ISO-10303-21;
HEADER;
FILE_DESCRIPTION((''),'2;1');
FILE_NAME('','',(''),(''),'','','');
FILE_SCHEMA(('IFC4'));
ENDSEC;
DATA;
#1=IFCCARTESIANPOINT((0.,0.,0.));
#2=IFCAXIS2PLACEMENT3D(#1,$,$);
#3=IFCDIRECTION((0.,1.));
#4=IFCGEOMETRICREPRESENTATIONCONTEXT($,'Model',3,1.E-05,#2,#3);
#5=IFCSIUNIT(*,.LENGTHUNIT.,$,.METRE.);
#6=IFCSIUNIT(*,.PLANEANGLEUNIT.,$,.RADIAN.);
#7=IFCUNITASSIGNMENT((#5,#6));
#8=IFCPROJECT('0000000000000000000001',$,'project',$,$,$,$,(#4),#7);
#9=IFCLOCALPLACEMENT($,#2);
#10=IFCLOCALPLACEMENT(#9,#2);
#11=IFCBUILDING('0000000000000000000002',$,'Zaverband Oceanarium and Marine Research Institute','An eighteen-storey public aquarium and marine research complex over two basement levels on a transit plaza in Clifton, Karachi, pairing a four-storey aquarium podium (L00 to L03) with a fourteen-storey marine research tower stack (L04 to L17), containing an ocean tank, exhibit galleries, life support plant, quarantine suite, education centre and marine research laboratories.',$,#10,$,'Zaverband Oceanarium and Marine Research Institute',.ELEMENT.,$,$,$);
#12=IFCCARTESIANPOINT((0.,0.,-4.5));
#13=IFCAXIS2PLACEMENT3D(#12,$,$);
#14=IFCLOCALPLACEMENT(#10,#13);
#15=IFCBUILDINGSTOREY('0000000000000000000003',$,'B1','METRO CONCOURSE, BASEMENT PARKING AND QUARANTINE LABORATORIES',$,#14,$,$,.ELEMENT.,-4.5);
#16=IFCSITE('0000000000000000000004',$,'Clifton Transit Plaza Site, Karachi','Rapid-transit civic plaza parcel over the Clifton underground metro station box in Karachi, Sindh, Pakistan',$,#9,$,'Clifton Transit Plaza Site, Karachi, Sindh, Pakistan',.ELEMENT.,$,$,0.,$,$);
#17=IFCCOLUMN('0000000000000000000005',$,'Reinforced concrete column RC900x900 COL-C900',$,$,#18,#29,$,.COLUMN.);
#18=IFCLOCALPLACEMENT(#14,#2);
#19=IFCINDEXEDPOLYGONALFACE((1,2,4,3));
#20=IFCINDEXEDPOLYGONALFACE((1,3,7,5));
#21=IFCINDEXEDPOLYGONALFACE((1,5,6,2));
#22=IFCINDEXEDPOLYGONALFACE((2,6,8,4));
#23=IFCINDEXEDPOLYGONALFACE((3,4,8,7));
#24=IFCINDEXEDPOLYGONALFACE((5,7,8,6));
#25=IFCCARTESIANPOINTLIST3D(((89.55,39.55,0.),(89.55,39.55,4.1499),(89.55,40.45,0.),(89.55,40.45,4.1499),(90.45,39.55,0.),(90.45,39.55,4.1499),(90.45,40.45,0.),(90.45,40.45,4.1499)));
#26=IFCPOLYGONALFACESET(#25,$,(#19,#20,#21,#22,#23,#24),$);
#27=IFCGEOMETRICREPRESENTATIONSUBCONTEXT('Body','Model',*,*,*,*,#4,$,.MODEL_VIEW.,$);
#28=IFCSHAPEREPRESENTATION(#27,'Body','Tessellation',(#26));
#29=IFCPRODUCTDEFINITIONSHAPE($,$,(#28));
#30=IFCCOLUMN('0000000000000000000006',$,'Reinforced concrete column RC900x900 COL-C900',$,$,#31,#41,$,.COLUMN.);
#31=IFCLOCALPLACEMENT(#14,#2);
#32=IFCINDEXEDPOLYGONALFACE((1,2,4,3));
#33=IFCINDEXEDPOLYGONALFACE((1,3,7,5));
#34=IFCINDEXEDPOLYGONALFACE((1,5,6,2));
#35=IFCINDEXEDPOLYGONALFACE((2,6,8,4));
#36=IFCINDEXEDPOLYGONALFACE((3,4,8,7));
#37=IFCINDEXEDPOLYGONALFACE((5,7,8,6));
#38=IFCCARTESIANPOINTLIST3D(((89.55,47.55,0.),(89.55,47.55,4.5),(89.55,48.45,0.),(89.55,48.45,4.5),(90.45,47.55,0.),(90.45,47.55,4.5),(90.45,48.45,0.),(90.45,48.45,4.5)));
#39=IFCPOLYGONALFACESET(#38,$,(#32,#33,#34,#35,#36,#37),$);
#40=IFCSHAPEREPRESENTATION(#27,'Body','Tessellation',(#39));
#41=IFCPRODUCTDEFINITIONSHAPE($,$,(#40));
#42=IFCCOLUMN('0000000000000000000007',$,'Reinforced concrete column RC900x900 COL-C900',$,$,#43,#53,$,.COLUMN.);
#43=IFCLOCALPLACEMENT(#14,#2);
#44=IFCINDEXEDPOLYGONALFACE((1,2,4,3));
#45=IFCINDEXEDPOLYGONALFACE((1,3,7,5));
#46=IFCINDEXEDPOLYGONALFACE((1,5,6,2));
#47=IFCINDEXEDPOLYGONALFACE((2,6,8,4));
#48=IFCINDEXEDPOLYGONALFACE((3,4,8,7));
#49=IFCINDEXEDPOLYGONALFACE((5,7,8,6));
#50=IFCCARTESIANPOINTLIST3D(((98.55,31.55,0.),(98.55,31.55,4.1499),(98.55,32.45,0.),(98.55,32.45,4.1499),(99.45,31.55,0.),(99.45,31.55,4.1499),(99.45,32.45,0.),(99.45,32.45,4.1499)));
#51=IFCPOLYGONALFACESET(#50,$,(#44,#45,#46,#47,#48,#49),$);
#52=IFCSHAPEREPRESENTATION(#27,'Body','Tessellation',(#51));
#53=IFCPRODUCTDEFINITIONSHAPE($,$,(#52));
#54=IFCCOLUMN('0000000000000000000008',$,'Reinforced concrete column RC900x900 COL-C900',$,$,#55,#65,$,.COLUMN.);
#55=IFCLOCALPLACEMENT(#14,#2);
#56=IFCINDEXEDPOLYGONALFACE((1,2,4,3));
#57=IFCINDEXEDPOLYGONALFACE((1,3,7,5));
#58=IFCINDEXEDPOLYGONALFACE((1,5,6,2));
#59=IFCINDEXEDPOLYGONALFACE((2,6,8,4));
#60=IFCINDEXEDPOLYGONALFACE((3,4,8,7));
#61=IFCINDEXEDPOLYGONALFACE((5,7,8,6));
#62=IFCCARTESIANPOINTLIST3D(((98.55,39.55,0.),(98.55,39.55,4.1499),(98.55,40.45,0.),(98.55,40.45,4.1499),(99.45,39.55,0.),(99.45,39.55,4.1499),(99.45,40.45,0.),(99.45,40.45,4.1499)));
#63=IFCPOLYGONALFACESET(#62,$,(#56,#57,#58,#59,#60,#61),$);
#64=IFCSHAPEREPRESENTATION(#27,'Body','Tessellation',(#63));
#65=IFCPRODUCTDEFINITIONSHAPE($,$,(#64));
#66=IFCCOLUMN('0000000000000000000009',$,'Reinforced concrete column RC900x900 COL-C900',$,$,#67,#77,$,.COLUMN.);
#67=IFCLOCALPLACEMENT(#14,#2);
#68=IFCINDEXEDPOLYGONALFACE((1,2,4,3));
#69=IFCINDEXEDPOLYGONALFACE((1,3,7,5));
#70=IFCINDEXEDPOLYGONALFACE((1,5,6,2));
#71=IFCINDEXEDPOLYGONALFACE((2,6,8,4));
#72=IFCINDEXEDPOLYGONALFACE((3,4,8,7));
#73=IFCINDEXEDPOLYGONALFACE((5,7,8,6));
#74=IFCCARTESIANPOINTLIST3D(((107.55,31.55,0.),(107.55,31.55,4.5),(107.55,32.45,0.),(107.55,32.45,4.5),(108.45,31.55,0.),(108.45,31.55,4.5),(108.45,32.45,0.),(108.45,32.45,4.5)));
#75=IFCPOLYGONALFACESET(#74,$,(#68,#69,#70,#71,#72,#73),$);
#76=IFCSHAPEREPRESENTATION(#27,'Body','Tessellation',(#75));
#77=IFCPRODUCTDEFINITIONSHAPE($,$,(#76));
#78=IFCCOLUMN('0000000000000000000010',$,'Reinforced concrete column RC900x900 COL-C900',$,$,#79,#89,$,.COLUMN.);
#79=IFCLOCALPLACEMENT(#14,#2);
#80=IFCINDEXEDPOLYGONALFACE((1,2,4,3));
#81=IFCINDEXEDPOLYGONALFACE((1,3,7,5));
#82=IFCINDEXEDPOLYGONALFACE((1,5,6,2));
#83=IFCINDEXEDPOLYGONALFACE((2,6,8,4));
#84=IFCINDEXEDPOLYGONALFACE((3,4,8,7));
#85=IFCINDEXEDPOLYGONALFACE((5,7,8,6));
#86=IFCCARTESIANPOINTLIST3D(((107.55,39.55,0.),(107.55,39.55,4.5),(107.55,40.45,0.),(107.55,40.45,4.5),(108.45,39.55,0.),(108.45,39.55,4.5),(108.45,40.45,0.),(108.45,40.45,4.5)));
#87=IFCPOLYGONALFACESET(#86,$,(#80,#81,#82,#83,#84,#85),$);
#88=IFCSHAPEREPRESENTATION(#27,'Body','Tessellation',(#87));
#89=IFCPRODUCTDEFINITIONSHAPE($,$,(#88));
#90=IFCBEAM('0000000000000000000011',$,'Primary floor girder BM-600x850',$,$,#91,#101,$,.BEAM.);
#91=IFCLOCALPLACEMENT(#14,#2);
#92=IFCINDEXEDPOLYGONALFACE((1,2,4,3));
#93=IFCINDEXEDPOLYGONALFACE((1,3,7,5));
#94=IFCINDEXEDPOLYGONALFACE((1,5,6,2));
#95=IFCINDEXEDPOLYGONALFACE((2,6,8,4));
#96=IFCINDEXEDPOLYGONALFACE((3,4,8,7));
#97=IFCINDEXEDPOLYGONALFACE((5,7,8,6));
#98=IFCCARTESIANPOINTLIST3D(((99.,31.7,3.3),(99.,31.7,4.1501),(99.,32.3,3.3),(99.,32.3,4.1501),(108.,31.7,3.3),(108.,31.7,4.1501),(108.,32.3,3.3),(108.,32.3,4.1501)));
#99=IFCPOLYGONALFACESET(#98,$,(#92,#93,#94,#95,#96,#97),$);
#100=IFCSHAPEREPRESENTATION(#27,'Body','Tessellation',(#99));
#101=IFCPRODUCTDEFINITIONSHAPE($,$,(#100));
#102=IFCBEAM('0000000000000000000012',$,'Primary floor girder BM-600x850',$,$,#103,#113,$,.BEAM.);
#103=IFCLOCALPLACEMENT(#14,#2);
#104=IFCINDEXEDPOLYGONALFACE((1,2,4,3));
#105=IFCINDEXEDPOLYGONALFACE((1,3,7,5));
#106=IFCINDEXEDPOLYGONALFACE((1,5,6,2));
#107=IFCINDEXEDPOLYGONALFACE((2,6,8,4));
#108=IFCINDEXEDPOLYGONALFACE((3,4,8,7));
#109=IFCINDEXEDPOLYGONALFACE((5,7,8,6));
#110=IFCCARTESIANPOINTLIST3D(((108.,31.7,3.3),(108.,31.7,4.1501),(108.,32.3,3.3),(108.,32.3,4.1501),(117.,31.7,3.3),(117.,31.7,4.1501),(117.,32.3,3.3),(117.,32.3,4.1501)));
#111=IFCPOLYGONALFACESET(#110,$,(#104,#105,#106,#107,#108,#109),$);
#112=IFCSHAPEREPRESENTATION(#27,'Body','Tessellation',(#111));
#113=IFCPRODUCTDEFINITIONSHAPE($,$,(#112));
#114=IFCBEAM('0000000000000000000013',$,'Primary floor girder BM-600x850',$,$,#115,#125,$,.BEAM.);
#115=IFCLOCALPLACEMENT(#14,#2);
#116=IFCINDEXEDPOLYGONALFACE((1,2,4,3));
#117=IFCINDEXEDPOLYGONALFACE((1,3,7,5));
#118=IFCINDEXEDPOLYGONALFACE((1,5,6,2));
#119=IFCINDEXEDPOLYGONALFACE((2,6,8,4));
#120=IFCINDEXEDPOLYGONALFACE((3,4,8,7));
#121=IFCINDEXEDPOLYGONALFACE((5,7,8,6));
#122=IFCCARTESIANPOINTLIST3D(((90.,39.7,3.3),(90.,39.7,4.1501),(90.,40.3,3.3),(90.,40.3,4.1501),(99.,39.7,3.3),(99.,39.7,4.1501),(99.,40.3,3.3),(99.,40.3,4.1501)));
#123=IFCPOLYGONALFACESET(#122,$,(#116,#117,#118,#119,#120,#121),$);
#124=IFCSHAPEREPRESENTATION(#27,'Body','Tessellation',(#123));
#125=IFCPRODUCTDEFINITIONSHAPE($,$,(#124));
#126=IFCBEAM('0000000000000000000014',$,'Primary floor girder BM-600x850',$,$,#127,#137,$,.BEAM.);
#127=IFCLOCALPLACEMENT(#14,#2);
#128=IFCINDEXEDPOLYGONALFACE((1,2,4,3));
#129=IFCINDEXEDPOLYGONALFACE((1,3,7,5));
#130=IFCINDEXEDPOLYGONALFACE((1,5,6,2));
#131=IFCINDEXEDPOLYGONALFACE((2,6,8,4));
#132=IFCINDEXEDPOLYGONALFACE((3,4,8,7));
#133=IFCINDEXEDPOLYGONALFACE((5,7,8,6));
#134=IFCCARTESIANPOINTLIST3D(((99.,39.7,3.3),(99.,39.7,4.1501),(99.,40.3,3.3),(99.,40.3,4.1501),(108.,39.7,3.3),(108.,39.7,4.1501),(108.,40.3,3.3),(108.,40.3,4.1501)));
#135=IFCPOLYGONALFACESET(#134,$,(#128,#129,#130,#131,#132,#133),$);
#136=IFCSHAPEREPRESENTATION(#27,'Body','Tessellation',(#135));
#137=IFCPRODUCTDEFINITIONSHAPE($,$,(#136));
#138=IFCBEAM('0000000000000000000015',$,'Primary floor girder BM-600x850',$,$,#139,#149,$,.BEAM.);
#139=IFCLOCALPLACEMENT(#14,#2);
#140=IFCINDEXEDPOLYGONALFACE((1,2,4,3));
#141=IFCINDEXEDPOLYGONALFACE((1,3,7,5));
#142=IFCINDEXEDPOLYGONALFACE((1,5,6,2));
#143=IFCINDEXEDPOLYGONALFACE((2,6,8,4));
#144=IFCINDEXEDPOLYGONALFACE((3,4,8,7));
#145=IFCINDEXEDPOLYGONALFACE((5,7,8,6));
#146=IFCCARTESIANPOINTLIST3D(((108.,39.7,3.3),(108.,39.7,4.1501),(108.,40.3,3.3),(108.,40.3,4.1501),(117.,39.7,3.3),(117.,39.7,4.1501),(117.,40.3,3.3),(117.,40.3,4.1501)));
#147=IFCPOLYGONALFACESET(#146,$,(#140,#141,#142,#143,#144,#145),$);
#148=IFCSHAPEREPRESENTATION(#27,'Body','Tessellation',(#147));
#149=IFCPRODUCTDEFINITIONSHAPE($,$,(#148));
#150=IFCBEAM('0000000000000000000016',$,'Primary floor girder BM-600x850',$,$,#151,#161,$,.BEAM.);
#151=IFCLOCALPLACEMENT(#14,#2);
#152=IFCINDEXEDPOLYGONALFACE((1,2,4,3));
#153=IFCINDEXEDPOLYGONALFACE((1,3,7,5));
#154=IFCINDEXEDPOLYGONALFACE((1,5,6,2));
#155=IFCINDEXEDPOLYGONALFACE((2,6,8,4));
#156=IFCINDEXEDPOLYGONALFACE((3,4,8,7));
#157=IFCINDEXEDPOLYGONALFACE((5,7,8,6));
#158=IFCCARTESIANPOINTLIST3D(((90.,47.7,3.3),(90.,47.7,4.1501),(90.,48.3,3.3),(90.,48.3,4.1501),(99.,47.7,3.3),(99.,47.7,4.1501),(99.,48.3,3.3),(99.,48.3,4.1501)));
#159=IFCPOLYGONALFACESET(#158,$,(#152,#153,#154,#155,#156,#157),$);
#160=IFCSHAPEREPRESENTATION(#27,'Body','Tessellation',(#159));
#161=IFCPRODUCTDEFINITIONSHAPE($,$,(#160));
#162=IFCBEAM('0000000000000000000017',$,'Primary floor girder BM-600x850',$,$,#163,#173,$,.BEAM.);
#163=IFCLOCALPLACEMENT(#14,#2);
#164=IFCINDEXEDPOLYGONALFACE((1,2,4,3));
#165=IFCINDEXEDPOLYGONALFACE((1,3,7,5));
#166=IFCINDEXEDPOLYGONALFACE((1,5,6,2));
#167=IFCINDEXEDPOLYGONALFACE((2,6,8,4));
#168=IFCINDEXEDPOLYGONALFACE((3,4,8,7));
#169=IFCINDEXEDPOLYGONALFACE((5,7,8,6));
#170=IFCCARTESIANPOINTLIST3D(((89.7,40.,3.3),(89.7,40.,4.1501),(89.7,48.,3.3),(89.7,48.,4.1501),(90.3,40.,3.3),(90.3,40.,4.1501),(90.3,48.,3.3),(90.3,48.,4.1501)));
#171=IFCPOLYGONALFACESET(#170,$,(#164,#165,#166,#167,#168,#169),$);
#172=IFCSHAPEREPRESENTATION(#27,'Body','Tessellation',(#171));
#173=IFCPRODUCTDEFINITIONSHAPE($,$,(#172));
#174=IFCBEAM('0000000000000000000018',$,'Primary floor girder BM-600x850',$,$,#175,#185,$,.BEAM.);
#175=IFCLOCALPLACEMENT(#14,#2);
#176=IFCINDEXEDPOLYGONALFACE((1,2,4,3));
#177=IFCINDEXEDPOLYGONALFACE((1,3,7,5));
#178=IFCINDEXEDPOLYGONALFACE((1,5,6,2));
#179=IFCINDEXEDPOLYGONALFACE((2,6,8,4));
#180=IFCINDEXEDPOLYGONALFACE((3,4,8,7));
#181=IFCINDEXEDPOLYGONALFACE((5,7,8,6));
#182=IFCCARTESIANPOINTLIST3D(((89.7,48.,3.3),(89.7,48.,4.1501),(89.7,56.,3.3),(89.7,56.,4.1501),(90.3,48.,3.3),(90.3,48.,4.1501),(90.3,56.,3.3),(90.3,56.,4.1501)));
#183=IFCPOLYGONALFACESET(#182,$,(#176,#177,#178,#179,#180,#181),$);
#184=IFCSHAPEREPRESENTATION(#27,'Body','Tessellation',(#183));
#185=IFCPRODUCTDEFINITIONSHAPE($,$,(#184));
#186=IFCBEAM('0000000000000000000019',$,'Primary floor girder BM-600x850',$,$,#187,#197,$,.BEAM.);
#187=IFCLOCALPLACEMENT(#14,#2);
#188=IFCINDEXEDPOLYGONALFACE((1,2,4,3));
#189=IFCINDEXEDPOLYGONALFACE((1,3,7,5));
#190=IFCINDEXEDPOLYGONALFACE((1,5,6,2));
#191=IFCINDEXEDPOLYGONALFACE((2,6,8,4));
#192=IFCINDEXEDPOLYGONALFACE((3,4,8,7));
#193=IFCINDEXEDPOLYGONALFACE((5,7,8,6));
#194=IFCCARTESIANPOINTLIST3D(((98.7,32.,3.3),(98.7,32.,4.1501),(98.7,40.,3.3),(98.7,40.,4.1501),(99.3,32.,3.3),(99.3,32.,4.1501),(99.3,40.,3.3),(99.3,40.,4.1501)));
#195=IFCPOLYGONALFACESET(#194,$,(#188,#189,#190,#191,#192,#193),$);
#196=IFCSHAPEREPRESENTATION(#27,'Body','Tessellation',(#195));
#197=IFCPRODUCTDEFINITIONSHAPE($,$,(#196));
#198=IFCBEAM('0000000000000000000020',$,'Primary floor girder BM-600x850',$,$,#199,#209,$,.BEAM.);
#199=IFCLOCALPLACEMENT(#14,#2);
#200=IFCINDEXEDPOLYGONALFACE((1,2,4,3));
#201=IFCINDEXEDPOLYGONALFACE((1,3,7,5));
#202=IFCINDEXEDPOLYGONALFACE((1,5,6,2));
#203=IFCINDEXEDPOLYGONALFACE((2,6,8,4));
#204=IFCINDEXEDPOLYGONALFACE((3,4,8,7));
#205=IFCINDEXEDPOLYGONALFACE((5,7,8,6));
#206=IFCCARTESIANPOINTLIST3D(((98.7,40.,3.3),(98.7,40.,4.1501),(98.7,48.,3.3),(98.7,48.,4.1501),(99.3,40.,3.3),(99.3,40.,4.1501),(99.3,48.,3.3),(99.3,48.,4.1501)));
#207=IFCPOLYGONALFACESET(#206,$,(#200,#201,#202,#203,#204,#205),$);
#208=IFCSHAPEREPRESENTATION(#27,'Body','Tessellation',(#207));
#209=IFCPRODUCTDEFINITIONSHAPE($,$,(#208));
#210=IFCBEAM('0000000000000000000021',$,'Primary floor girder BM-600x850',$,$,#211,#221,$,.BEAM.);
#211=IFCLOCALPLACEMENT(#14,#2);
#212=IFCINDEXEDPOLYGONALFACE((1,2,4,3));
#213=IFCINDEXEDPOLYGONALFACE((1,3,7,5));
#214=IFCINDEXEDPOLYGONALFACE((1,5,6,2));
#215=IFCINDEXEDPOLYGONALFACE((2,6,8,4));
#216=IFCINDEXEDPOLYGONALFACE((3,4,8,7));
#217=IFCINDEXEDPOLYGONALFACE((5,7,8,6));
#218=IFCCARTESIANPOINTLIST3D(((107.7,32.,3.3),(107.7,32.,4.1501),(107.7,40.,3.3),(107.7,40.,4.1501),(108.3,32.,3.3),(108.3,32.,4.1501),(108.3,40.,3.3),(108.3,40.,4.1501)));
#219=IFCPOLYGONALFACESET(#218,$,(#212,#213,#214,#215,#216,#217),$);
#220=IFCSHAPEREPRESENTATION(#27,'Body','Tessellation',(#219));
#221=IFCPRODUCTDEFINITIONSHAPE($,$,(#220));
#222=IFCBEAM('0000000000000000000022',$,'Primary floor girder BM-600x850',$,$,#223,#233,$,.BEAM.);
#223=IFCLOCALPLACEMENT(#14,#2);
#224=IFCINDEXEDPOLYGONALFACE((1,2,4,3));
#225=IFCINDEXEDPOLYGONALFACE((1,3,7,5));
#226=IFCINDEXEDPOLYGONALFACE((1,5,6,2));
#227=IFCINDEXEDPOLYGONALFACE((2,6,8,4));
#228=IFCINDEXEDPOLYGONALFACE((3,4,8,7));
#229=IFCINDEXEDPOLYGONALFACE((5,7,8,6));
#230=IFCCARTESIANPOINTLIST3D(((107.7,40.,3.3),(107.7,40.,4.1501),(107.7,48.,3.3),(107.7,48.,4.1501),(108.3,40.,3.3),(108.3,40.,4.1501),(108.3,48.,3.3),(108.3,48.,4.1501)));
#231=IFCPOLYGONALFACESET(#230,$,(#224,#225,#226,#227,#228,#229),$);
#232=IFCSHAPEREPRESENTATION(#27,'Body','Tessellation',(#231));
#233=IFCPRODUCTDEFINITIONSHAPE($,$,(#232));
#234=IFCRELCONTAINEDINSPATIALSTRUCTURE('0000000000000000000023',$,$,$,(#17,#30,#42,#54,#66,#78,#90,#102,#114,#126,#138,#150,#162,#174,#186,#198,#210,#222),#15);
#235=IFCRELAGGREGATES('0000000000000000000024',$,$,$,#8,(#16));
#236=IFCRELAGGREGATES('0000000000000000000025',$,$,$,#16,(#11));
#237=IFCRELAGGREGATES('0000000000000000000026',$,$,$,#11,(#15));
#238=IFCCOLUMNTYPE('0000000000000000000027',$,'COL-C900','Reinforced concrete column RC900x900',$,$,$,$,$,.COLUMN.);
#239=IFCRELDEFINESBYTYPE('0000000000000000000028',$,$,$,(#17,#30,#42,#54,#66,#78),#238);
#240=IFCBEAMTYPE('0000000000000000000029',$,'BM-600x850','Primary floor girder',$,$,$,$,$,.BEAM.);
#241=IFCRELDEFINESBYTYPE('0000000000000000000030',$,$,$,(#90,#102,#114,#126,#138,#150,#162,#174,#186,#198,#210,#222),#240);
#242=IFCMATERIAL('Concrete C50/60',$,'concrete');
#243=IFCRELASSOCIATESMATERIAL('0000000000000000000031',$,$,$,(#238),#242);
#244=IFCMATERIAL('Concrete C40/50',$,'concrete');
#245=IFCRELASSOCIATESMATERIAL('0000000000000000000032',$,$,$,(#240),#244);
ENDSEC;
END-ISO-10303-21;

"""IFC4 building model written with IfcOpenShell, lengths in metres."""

from ifc_helpers import new_model, si_unit, direction, frame, origin, origin_2d, place, context, subcontext, project, spatial, rectangle, extrude, material, material_profile, profile_set, type_object, element, save


model = new_model("IFC4")

# Units and contexts
model_context = context("Model", 3, precision=1e-05, world=origin(), true_north=direction((0.0, 1.0)))
body_context = subcontext(model_context, "Body", "Model", "MODEL_VIEW")
ifc_project = project(units=[si_unit("LENGTHUNIT", "METRE"), si_unit("PLANEANGLEUNIT", "RADIAN")], contexts=[model_context])

# Site, building, storey
site_placement = place(None, origin())
site = spatial("IfcSite", under=ifc_project, at=site_placement, Name="Clifton Transit Plaza Site, Karachi", Description="Rapid-transit civic plaza parcel over the Clifton underground metro station box in Karachi, Sindh, Pakistan", LongName="Clifton Transit Plaza Site, Karachi, Sindh, Pakistan", CompositionType="ELEMENT", RefElevation=0.0)
building_placement = place(site_placement, origin())
building = spatial("IfcBuilding", under=site, at=building_placement, Name="Zaverband Oceanarium and Marine Research Institute", Description="An eighteen-storey public aquarium and marine research complex over two basement levels on a transit plaza in Clifton, Karachi, pairing a four-storey aquarium podium (L00 to L03) with a fourteen-storey marine research tower stack (L04 to L17), containing an ocean tank, exhibit galleries, life support plant, quarantine suite, education centre and marine research laboratories.", LongName="Zaverband Oceanarium and Marine Research Institute", CompositionType="ELEMENT")
storey_placement = place(building_placement, frame((0.0, 0.0, -4.5)))
storey = spatial("IfcBuildingStorey", under=building, at=storey_placement, Name="B1", Description="METRO CONCOURSE, BASEMENT PARKING AND QUARANTINE LABORATORIES", CompositionType="ELEMENT", Elevation=-4.5)

# Columns
ifc_material_1 = material(Name="Concrete C50/60", Category="concrete")
ifc_material_profile_1 = material_profile(ifc_material_1, rectangle(XDim=0.8999, YDim=0.8999, at=origin_2d()), Name="RC900x900")
ifc_profile_set_1 = profile_set([ifc_material_profile_1], Name="Concrete C50/60")
column_type = type_object("IfcColumnType", Name="COL-C900", Description="Reinforced concrete column RC900x900", PredefinedType="COLUMN", material=ifc_profile_set_1)
column_1_placement = place(storey_placement, frame((90.0, 40.0, 0.0), z_axis=(0.0, 0.0, 1.0), x_axis=(1.0, 0.0, 0.0)))
element("IfcColumn", 1, at=column_1_placement, inside=storey, type_object=column_type, Name="Reinforced concrete column RC900x900 COL-C900", PredefinedType="COLUMN", context=body_context, shape_type="SweptSolid", body=[
    extrude(rectangle(XDim=0.8999, YDim=0.8999, at=origin_2d()), origin(), (0.0, 0.0, 1.0), 4.1499),
])
column_2_placement = place(storey_placement, frame((90.0, 48.0, 0.0), z_axis=(0.0, 0.0, 1.0), x_axis=(1.0, 0.0, 0.0)))
element("IfcColumn", 2, at=column_2_placement, inside=storey, type_object=column_type, Name="Reinforced concrete column RC900x900 COL-C900", PredefinedType="COLUMN", context=body_context, shape_type="SweptSolid", body=[
    extrude(rectangle(XDim=0.8999, YDim=0.8999, at=origin_2d()), origin(), (0.0, 0.0, 1.0), 4.5),
])
for number, where, z_axis, x_axis, name in (
    (3, (99.0, 32.0, 0.0), (0.0, 0.0, 1.0), (1.0, 0.0, 0.0), "Reinforced concrete column RC900x900 COL-C900"),
    (4, (99.0, 40.0, 0.0), (0.0, 0.0, 1.0), (1.0, 0.0, 0.0), "Reinforced concrete column RC900x900 COL-C900"),
):
    element("IfcColumn", number, at=place(storey_placement, frame(where, z_axis=z_axis, x_axis=x_axis)), inside=storey, type_object=column_type, Name=name, PredefinedType="COLUMN", context=body_context, shape_type="SweptSolid", body=[
        extrude(rectangle(XDim=0.8999, YDim=0.8999, at=origin_2d()), origin(), (0.0, 0.0, 1.0), 4.1499),
    ])
for number, where, z_axis, x_axis, name in (
    (5, (108.0, 32.0, 0.0), (0.0, 0.0, 1.0), (1.0, 0.0, 0.0), "Reinforced concrete column RC900x900 COL-C900"),
    (6, (108.0, 40.0, 0.0), (0.0, 0.0, 1.0), (1.0, 0.0, 0.0), "Reinforced concrete column RC900x900 COL-C900"),
):
    element("IfcColumn", number, at=place(storey_placement, frame(where, z_axis=z_axis, x_axis=x_axis)), inside=storey, type_object=column_type, Name=name, PredefinedType="COLUMN", context=body_context, shape_type="SweptSolid", body=[
        extrude(rectangle(XDim=0.8999, YDim=0.8999, at=origin_2d()), origin(), (0.0, 0.0, 1.0), 4.5),
    ])

# Beams
ifc_material_2 = material(Name="Concrete C40/50", Category="concrete")
ifc_material_profile_2 = material_profile(ifc_material_2, rectangle(XDim=0.6001, YDim=0.8501, at=origin_2d()), Name="RC600x850")
ifc_profile_set_2 = profile_set([ifc_material_profile_2], Name="Concrete C40/50")
beam_type_1 = type_object("IfcBeamType", Name="BM-600x850", Description="Primary floor girder", PredefinedType="BEAM", material=ifc_profile_set_2)
for number, where, z_axis, x_axis, name in (
    (7, (99.0, 32.0, 3.7251), (1.0, 0.0, 0.0), (0.0, 1.0, 0.0), "Primary floor girder BM-600x850"),
    (8, (108.0, 32.0, 3.7251), (1.0, 0.0, 0.0), (0.0, 1.0, 0.0), "Primary floor girder BM-600x850"),
    (9, (90.0, 40.0, 3.7251), (1.0, 0.0, 0.0), (0.0, 1.0, 0.0), "Primary floor girder BM-600x850"),
    (10, (99.0, 40.0, 3.7251), (1.0, 0.0, 0.0), (0.0, 1.0, 0.0), "Primary floor girder BM-600x850"),
    (11, (108.0, 40.0, 3.7251), (1.0, 0.0, 0.0), (0.0, 1.0, 0.0), "Primary floor girder BM-600x850"),
    (12, (90.0, 48.0, 3.7251), (1.0, 0.0, 0.0), (0.0, 1.0, 0.0), "Primary floor girder BM-600x850"),
):
    element("IfcBeam", number, at=place(storey_placement, frame(where, z_axis=z_axis, x_axis=x_axis)), inside=storey, type_object=beam_type_1, Name=name, PredefinedType="BEAM", context=body_context, shape_type="SweptSolid", body=[
        extrude(rectangle(XDim=0.6001, YDim=0.8501, at=origin_2d()), origin(), (0.0, 0.0, 1.0), 9.0),
    ])
for number, where, z_axis, x_axis, name in (
    (13, (90.0, 40.0, 3.7251), (0.0, 1.0, 0.0), (-1.0, 0.0, 0.0), "Primary floor girder BM-600x850"),
    (14, (90.0, 48.0, 3.7251), (0.0, 1.0, 0.0), (-1.0, 0.0, 0.0), "Primary floor girder BM-600x850"),
    (15, (99.0, 32.0, 3.7251), (0.0, 1.0, 0.0), (-1.0, 0.0, 0.0), "Primary floor girder BM-600x850"),
    (16, (99.0, 40.0, 3.7251), (0.0, 1.0, 0.0), (-1.0, 0.0, 0.0), "Primary floor girder BM-600x850"),
    (17, (108.0, 32.0, 3.7251), (0.0, 1.0, 0.0), (-1.0, 0.0, 0.0), "Primary floor girder BM-600x850"),
    (18, (108.0, 40.0, 3.7251), (0.0, 1.0, 0.0), (-1.0, 0.0, 0.0), "Primary floor girder BM-600x850"),
):
    element("IfcBeam", number, at=place(storey_placement, frame(where, z_axis=z_axis, x_axis=x_axis)), inside=storey, type_object=beam_type_1, Name=name, PredefinedType="BEAM", context=body_context, shape_type="SweptSolid", body=[
        extrude(rectangle(XDim=0.6001, YDim=0.8501, at=origin_2d()), origin(), (0.0, 0.0, 1.0), 8.0),
    ])

save(model, "model.ifc")
